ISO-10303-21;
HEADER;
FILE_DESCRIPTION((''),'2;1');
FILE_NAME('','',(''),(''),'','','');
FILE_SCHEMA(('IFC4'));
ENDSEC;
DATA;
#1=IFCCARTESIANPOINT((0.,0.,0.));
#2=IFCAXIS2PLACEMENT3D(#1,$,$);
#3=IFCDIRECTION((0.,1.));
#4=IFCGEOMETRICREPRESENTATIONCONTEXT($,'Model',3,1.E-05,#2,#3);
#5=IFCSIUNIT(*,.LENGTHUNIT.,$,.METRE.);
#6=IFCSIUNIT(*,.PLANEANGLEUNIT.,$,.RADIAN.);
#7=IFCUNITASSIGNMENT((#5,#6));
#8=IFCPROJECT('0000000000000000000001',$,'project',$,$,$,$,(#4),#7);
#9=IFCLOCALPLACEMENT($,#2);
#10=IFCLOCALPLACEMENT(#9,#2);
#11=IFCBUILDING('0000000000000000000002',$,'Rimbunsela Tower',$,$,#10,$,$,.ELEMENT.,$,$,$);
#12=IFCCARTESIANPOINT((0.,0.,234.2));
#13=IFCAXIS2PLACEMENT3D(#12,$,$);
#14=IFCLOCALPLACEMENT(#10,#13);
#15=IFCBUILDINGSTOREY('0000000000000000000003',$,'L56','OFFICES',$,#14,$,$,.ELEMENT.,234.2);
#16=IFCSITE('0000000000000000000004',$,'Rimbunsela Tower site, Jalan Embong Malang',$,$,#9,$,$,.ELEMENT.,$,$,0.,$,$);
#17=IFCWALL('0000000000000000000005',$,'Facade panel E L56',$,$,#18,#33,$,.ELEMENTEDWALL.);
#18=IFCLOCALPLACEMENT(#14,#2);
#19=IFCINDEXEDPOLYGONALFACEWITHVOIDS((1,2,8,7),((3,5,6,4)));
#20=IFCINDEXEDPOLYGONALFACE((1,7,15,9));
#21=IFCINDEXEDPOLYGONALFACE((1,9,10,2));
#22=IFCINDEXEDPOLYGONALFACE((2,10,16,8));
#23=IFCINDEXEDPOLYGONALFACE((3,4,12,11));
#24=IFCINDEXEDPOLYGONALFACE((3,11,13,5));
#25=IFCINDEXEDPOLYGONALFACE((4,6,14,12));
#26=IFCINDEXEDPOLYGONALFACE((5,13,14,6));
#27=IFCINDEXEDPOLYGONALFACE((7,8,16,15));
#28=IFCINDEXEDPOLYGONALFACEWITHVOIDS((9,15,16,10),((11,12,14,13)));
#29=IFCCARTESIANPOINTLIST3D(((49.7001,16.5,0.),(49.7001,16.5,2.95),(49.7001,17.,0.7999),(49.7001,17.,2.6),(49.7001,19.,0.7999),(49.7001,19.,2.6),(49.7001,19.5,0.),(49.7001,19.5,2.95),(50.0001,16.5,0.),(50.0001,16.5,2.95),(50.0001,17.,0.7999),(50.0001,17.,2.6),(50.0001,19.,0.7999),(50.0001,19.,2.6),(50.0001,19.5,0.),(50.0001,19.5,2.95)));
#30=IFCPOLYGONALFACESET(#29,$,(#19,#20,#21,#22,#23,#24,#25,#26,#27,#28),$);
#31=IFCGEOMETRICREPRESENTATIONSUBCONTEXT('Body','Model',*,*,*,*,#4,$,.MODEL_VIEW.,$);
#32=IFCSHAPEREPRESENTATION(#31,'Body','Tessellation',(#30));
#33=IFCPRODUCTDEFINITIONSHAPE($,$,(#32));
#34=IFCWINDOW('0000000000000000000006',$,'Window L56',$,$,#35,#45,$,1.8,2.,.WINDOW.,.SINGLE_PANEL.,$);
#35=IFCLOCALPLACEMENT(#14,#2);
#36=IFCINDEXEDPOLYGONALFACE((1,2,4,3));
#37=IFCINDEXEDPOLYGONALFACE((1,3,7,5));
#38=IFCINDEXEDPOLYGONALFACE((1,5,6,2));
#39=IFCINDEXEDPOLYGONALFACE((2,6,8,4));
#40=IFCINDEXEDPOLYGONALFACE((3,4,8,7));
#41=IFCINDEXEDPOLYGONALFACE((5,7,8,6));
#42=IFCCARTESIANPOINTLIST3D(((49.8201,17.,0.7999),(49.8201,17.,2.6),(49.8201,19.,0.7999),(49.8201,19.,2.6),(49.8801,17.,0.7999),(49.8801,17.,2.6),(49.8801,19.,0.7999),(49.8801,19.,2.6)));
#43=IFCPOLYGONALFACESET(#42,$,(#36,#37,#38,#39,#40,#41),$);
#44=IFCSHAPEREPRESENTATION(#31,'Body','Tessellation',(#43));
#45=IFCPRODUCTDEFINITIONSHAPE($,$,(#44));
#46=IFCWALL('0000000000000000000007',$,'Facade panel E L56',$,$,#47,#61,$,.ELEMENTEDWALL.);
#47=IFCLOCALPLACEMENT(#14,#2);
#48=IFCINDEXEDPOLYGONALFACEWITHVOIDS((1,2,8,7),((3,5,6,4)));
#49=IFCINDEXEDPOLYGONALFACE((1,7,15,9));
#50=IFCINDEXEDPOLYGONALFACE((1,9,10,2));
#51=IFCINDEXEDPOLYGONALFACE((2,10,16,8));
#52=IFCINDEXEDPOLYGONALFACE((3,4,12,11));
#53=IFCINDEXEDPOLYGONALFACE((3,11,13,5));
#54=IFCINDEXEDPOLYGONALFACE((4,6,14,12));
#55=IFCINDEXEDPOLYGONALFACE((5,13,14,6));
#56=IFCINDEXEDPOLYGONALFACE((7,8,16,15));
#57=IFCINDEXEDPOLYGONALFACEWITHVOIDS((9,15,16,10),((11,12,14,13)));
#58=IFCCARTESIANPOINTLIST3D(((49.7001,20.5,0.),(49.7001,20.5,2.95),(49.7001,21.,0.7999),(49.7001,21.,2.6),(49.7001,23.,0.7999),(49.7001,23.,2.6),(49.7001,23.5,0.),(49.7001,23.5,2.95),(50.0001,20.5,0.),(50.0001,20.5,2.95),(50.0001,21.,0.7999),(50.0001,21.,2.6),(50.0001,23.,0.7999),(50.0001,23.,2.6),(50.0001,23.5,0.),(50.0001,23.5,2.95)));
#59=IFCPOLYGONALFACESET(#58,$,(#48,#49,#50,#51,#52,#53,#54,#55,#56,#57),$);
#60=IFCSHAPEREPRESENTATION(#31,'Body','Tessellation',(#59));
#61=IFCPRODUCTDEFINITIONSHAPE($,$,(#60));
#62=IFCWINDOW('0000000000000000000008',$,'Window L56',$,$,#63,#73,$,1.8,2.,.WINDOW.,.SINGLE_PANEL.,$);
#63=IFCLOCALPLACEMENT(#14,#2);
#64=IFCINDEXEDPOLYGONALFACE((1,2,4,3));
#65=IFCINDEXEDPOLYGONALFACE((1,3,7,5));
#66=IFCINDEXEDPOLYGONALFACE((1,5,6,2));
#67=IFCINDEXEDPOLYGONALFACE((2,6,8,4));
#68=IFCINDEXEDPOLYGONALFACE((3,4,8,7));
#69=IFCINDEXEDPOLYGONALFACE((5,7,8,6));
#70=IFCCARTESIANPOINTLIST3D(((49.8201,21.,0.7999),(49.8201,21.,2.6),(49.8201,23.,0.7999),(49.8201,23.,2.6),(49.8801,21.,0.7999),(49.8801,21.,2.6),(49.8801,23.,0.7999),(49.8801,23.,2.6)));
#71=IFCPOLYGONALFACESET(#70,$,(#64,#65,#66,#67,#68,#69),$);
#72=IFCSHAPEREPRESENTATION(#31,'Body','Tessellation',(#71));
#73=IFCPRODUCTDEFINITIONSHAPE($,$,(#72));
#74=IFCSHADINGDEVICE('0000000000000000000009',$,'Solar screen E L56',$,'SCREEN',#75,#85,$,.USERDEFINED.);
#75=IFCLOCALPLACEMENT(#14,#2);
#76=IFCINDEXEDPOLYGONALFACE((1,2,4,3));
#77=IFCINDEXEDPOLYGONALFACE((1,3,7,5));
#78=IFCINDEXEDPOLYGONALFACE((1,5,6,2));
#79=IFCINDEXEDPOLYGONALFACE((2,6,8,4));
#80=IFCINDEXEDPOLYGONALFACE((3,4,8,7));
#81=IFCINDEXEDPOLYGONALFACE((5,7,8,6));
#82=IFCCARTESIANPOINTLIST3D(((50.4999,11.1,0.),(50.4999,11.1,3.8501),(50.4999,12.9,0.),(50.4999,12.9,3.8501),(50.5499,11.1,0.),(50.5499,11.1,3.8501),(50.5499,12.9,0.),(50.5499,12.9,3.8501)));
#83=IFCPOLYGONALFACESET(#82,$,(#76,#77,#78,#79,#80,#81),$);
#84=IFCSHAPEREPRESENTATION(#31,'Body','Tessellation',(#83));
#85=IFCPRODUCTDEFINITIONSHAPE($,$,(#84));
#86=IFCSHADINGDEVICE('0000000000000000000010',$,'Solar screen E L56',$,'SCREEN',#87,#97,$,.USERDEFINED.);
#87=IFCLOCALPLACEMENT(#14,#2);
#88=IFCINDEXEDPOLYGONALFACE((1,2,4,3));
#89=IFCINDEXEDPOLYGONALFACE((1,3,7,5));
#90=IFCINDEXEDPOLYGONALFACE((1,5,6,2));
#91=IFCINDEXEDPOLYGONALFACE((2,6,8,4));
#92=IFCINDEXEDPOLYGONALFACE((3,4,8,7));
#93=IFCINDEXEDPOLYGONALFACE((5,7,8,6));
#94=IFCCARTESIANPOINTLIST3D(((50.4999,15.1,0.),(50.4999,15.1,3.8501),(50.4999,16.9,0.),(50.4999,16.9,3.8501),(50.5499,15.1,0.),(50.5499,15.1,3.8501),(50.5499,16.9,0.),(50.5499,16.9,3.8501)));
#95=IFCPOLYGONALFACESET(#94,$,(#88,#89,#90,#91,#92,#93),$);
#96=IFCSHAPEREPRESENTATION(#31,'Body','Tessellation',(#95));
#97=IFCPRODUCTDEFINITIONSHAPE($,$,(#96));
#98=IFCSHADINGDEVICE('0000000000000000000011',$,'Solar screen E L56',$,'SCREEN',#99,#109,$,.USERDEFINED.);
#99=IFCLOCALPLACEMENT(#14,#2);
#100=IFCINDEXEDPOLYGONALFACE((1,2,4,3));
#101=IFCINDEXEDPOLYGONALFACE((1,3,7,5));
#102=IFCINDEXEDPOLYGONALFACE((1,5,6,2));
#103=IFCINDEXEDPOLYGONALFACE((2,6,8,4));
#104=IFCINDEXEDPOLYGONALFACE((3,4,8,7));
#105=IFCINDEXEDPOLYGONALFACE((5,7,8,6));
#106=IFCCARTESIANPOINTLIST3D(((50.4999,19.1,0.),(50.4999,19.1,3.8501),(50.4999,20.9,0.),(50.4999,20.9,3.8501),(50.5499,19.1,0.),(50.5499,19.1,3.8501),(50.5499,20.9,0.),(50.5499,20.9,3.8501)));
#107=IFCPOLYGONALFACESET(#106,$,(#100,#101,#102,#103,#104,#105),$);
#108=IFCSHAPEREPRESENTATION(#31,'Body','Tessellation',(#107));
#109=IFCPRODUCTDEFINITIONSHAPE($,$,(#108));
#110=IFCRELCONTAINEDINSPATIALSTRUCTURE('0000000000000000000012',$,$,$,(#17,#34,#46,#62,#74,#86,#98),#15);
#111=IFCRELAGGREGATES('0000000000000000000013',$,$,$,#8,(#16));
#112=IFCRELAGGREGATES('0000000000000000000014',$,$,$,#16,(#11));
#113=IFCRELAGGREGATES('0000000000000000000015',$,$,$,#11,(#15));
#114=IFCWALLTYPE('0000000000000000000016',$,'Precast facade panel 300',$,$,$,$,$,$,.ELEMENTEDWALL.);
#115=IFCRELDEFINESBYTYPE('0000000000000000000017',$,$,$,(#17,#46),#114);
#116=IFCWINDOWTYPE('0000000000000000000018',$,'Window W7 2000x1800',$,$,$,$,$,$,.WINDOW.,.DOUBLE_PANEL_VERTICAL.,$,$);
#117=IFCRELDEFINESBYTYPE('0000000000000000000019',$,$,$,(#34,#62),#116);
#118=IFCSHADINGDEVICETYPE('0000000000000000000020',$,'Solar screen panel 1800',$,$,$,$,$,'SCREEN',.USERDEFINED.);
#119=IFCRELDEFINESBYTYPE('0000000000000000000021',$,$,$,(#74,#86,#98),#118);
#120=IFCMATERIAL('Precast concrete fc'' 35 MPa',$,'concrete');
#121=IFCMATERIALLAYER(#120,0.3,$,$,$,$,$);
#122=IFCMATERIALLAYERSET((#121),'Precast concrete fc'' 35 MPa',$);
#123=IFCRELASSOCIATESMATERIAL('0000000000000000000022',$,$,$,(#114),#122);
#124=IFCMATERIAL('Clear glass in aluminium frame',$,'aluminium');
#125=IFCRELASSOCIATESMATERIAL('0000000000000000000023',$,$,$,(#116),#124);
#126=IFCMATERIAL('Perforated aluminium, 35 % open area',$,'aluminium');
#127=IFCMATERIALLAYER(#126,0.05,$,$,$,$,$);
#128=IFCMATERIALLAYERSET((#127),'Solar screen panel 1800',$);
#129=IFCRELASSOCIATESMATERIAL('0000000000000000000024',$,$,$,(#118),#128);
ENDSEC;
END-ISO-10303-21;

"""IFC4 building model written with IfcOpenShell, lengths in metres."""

from ifc_helpers import new_model, si_unit, direction, frame, frame_2d, origin, origin_2d, place, context, subcontext, project, spatial, rectangle, extrude, material, layer, layer_set, type_object, element, fill, save


model = new_model("IFC4")

# Units and contexts
model_context = context("Model", 3, precision=1e-05, world=origin(), true_north=direction((0.0, 1.0)))
body_context = subcontext(model_context, "Body", "Model", "MODEL_VIEW")
ifc_project = project(units=[si_unit("LENGTHUNIT", "METRE"), si_unit("PLANEANGLEUNIT", "RADIAN")], contexts=[model_context])

# Site, building, storey
site_placement = place(None, origin())
site = spatial("IfcSite", under=ifc_project, at=site_placement, Name="Rimbunsela Tower site, Jalan Embong Malang", CompositionType="ELEMENT", RefElevation=0.0)
building_placement = place(site_placement, origin())
building = spatial("IfcBuilding", under=site, at=building_placement, Name="Rimbunsela Tower", CompositionType="ELEMENT")
storey_placement = place(building_placement, frame((0.0, 0.0, 234.2)))
storey = spatial("IfcBuildingStorey", under=building, at=storey_placement, Name="L56", Description="OFFICES", CompositionType="ELEMENT", Elevation=234.2)

# Shared definitions
ifc_material_1 = material(Name="Precast concrete fc' 35 MPa", Category="concrete")
ifc_layer_1 = layer(ifc_material_1, 0.3)
ifc_layer_set_1 = layer_set([ifc_layer_1], Name="Precast concrete fc' 35 MPa")
wall_type_1 = type_object("IfcWallType", Name="Precast facade panel 300", PredefinedType="ELEMENTEDWALL", material=ifc_layer_set_1)

# Walls, openings, windows
ifc_material_2 = material(Name="Clear glass in aluminium frame", Category="aluminium")
window_type = type_object("IfcWindowType", Name="Window W7 2000x1800", PartitioningType="DOUBLE_PANEL_VERTICAL", PredefinedType="WINDOW", material=ifc_material_2)
wall_1_placement = place(storey_placement, frame((49.8501, 16.5, 0.0), z_axis=(0.0, 0.0, 1.0), x_axis=(0.0, 1.0, 0.0)))
wall_1 = element("IfcWall", 1, at=wall_1_placement, inside=storey, type_object=wall_type_1, Name="Facade panel E L56", PredefinedType="ELEMENTEDWALL", context=body_context, shape_type="SweptSolid", body=[
    extrude(rectangle(XDim=3.0, YDim=0.3, at=frame_2d((1.5, 0.0))), origin(), (0.0, 0.0, 1.0), 2.95),
])
opening_1_placement = place(wall_1_placement, frame((0.5, 0.0, 0.8)))
opening_1 = element("IfcOpeningElement", 2, at=opening_1_placement, cuts=wall_1, PredefinedType="OPENING", context=body_context, shape_type="SweptSolid", body=[
    extrude(rectangle(XDim=2.0, YDim=1.8, at=frame_2d((1.0, 0.8999))), frame((0.0, 0.1599, 0.0), z_axis=(0.0, -1.0, 0.0), x_axis=(1.0, 0.0, 0.0)), (0.0, 0.0, 1.0), 0.3201),
])
window_1_placement = place(opening_1_placement, origin())
window_1 = element("IfcWindow", 3, at=window_1_placement, inside=storey, type_object=window_type, Name="Window L56", OverallHeight=1.8, OverallWidth=2.0, PartitioningType="SINGLE_PANEL", PredefinedType="WINDOW", context=body_context, shape_type="SweptSolid", body=[
    extrude(rectangle(XDim=2.0, YDim=1.8, at=frame_2d((1.0, 0.8999))), frame((0.0, 0.03, 0.0), z_axis=(0.0, -1.0, 0.0), x_axis=(1.0, 0.0, 0.0)), (0.0, 0.0, 1.0), 0.0601),
])
fill(opening_1, window_1)
wall_2_placement = place(storey_placement, frame((49.8501, 20.5, 0.0), z_axis=(0.0, 0.0, 1.0), x_axis=(0.0, 1.0, 0.0)))
wall_2 = element("IfcWall", 4, at=wall_2_placement, inside=storey, type_object=wall_type_1, Name="Facade panel E L56", PredefinedType="ELEMENTEDWALL", context=body_context, shape_type="SweptSolid", body=[
    extrude(rectangle(XDim=3.0, YDim=0.3, at=frame_2d((1.5, 0.0))), origin(), (0.0, 0.0, 1.0), 2.95),
])
opening_2_placement = place(wall_2_placement, frame((0.5, 0.0, 0.8)))
opening_2 = element("IfcOpeningElement", 5, at=opening_2_placement, cuts=wall_2, PredefinedType="OPENING", context=body_context, shape_type="SweptSolid", body=[
    extrude(rectangle(XDim=2.0, YDim=1.8, at=frame_2d((1.0, 0.8999))), frame((0.0, 0.1599, 0.0), z_axis=(0.0, -1.0, 0.0), x_axis=(1.0, 0.0, 0.0)), (0.0, 0.0, 1.0), 0.3201),
])
window_2_placement = place(opening_2_placement, origin())
window_2 = element("IfcWindow", 6, at=window_2_placement, inside=storey, type_object=window_type, Name="Window L56", OverallHeight=1.8, OverallWidth=2.0, PartitioningType="SINGLE_PANEL", PredefinedType="WINDOW", context=body_context, shape_type="SweptSolid", body=[
    extrude(rectangle(XDim=2.0, YDim=1.8, at=frame_2d((1.0, 0.8999))), frame((0.0, 0.03, 0.0), z_axis=(0.0, -1.0, 0.0), x_axis=(1.0, 0.0, 0.0)), (0.0, 0.0, 1.0), 0.0601),
])
fill(opening_2, window_2)

# Shading devices
ifc_material_3 = material(Name="Perforated aluminium, 35 % open area", Category="aluminium")
ifc_layer_2 = layer(ifc_material_3, 0.05)
ifc_layer_set_2 = layer_set([ifc_layer_2], Name="Solar screen panel 1800")
shading_device_type = type_object("IfcShadingDeviceType", Name="Solar screen panel 1800", ElementType="SCREEN", PredefinedType="USERDEFINED", material=ifc_layer_set_2)
for number, where, z_axis, x_axis, name in (
    (7, (50.5249, 12.0, 0.0), (0.0, 0.0, 1.0), (0.0, 1.0, 0.0), "Solar screen E L56"),
    (8, (50.5249, 16.0, 0.0), (0.0, 0.0, 1.0), (0.0, 1.0, 0.0), "Solar screen E L56"),
    (9, (50.5249, 20.0, 0.0), (0.0, 0.0, 1.0), (0.0, 1.0, 0.0), "Solar screen E L56"),
):
    element("IfcShadingDevice", number, at=place(storey_placement, frame(where, z_axis=z_axis, x_axis=x_axis)), inside=storey, type_object=shading_device_type, Name=name, ObjectType="SCREEN", PredefinedType="USERDEFINED", context=body_context, shape_type="SweptSolid", body=[
        extrude(rectangle(XDim=1.8, YDim=0.05, at=origin_2d()), origin(), (0.0, 0.0, 1.0), 3.8501),
    ])

save(model, "model.ifc")
